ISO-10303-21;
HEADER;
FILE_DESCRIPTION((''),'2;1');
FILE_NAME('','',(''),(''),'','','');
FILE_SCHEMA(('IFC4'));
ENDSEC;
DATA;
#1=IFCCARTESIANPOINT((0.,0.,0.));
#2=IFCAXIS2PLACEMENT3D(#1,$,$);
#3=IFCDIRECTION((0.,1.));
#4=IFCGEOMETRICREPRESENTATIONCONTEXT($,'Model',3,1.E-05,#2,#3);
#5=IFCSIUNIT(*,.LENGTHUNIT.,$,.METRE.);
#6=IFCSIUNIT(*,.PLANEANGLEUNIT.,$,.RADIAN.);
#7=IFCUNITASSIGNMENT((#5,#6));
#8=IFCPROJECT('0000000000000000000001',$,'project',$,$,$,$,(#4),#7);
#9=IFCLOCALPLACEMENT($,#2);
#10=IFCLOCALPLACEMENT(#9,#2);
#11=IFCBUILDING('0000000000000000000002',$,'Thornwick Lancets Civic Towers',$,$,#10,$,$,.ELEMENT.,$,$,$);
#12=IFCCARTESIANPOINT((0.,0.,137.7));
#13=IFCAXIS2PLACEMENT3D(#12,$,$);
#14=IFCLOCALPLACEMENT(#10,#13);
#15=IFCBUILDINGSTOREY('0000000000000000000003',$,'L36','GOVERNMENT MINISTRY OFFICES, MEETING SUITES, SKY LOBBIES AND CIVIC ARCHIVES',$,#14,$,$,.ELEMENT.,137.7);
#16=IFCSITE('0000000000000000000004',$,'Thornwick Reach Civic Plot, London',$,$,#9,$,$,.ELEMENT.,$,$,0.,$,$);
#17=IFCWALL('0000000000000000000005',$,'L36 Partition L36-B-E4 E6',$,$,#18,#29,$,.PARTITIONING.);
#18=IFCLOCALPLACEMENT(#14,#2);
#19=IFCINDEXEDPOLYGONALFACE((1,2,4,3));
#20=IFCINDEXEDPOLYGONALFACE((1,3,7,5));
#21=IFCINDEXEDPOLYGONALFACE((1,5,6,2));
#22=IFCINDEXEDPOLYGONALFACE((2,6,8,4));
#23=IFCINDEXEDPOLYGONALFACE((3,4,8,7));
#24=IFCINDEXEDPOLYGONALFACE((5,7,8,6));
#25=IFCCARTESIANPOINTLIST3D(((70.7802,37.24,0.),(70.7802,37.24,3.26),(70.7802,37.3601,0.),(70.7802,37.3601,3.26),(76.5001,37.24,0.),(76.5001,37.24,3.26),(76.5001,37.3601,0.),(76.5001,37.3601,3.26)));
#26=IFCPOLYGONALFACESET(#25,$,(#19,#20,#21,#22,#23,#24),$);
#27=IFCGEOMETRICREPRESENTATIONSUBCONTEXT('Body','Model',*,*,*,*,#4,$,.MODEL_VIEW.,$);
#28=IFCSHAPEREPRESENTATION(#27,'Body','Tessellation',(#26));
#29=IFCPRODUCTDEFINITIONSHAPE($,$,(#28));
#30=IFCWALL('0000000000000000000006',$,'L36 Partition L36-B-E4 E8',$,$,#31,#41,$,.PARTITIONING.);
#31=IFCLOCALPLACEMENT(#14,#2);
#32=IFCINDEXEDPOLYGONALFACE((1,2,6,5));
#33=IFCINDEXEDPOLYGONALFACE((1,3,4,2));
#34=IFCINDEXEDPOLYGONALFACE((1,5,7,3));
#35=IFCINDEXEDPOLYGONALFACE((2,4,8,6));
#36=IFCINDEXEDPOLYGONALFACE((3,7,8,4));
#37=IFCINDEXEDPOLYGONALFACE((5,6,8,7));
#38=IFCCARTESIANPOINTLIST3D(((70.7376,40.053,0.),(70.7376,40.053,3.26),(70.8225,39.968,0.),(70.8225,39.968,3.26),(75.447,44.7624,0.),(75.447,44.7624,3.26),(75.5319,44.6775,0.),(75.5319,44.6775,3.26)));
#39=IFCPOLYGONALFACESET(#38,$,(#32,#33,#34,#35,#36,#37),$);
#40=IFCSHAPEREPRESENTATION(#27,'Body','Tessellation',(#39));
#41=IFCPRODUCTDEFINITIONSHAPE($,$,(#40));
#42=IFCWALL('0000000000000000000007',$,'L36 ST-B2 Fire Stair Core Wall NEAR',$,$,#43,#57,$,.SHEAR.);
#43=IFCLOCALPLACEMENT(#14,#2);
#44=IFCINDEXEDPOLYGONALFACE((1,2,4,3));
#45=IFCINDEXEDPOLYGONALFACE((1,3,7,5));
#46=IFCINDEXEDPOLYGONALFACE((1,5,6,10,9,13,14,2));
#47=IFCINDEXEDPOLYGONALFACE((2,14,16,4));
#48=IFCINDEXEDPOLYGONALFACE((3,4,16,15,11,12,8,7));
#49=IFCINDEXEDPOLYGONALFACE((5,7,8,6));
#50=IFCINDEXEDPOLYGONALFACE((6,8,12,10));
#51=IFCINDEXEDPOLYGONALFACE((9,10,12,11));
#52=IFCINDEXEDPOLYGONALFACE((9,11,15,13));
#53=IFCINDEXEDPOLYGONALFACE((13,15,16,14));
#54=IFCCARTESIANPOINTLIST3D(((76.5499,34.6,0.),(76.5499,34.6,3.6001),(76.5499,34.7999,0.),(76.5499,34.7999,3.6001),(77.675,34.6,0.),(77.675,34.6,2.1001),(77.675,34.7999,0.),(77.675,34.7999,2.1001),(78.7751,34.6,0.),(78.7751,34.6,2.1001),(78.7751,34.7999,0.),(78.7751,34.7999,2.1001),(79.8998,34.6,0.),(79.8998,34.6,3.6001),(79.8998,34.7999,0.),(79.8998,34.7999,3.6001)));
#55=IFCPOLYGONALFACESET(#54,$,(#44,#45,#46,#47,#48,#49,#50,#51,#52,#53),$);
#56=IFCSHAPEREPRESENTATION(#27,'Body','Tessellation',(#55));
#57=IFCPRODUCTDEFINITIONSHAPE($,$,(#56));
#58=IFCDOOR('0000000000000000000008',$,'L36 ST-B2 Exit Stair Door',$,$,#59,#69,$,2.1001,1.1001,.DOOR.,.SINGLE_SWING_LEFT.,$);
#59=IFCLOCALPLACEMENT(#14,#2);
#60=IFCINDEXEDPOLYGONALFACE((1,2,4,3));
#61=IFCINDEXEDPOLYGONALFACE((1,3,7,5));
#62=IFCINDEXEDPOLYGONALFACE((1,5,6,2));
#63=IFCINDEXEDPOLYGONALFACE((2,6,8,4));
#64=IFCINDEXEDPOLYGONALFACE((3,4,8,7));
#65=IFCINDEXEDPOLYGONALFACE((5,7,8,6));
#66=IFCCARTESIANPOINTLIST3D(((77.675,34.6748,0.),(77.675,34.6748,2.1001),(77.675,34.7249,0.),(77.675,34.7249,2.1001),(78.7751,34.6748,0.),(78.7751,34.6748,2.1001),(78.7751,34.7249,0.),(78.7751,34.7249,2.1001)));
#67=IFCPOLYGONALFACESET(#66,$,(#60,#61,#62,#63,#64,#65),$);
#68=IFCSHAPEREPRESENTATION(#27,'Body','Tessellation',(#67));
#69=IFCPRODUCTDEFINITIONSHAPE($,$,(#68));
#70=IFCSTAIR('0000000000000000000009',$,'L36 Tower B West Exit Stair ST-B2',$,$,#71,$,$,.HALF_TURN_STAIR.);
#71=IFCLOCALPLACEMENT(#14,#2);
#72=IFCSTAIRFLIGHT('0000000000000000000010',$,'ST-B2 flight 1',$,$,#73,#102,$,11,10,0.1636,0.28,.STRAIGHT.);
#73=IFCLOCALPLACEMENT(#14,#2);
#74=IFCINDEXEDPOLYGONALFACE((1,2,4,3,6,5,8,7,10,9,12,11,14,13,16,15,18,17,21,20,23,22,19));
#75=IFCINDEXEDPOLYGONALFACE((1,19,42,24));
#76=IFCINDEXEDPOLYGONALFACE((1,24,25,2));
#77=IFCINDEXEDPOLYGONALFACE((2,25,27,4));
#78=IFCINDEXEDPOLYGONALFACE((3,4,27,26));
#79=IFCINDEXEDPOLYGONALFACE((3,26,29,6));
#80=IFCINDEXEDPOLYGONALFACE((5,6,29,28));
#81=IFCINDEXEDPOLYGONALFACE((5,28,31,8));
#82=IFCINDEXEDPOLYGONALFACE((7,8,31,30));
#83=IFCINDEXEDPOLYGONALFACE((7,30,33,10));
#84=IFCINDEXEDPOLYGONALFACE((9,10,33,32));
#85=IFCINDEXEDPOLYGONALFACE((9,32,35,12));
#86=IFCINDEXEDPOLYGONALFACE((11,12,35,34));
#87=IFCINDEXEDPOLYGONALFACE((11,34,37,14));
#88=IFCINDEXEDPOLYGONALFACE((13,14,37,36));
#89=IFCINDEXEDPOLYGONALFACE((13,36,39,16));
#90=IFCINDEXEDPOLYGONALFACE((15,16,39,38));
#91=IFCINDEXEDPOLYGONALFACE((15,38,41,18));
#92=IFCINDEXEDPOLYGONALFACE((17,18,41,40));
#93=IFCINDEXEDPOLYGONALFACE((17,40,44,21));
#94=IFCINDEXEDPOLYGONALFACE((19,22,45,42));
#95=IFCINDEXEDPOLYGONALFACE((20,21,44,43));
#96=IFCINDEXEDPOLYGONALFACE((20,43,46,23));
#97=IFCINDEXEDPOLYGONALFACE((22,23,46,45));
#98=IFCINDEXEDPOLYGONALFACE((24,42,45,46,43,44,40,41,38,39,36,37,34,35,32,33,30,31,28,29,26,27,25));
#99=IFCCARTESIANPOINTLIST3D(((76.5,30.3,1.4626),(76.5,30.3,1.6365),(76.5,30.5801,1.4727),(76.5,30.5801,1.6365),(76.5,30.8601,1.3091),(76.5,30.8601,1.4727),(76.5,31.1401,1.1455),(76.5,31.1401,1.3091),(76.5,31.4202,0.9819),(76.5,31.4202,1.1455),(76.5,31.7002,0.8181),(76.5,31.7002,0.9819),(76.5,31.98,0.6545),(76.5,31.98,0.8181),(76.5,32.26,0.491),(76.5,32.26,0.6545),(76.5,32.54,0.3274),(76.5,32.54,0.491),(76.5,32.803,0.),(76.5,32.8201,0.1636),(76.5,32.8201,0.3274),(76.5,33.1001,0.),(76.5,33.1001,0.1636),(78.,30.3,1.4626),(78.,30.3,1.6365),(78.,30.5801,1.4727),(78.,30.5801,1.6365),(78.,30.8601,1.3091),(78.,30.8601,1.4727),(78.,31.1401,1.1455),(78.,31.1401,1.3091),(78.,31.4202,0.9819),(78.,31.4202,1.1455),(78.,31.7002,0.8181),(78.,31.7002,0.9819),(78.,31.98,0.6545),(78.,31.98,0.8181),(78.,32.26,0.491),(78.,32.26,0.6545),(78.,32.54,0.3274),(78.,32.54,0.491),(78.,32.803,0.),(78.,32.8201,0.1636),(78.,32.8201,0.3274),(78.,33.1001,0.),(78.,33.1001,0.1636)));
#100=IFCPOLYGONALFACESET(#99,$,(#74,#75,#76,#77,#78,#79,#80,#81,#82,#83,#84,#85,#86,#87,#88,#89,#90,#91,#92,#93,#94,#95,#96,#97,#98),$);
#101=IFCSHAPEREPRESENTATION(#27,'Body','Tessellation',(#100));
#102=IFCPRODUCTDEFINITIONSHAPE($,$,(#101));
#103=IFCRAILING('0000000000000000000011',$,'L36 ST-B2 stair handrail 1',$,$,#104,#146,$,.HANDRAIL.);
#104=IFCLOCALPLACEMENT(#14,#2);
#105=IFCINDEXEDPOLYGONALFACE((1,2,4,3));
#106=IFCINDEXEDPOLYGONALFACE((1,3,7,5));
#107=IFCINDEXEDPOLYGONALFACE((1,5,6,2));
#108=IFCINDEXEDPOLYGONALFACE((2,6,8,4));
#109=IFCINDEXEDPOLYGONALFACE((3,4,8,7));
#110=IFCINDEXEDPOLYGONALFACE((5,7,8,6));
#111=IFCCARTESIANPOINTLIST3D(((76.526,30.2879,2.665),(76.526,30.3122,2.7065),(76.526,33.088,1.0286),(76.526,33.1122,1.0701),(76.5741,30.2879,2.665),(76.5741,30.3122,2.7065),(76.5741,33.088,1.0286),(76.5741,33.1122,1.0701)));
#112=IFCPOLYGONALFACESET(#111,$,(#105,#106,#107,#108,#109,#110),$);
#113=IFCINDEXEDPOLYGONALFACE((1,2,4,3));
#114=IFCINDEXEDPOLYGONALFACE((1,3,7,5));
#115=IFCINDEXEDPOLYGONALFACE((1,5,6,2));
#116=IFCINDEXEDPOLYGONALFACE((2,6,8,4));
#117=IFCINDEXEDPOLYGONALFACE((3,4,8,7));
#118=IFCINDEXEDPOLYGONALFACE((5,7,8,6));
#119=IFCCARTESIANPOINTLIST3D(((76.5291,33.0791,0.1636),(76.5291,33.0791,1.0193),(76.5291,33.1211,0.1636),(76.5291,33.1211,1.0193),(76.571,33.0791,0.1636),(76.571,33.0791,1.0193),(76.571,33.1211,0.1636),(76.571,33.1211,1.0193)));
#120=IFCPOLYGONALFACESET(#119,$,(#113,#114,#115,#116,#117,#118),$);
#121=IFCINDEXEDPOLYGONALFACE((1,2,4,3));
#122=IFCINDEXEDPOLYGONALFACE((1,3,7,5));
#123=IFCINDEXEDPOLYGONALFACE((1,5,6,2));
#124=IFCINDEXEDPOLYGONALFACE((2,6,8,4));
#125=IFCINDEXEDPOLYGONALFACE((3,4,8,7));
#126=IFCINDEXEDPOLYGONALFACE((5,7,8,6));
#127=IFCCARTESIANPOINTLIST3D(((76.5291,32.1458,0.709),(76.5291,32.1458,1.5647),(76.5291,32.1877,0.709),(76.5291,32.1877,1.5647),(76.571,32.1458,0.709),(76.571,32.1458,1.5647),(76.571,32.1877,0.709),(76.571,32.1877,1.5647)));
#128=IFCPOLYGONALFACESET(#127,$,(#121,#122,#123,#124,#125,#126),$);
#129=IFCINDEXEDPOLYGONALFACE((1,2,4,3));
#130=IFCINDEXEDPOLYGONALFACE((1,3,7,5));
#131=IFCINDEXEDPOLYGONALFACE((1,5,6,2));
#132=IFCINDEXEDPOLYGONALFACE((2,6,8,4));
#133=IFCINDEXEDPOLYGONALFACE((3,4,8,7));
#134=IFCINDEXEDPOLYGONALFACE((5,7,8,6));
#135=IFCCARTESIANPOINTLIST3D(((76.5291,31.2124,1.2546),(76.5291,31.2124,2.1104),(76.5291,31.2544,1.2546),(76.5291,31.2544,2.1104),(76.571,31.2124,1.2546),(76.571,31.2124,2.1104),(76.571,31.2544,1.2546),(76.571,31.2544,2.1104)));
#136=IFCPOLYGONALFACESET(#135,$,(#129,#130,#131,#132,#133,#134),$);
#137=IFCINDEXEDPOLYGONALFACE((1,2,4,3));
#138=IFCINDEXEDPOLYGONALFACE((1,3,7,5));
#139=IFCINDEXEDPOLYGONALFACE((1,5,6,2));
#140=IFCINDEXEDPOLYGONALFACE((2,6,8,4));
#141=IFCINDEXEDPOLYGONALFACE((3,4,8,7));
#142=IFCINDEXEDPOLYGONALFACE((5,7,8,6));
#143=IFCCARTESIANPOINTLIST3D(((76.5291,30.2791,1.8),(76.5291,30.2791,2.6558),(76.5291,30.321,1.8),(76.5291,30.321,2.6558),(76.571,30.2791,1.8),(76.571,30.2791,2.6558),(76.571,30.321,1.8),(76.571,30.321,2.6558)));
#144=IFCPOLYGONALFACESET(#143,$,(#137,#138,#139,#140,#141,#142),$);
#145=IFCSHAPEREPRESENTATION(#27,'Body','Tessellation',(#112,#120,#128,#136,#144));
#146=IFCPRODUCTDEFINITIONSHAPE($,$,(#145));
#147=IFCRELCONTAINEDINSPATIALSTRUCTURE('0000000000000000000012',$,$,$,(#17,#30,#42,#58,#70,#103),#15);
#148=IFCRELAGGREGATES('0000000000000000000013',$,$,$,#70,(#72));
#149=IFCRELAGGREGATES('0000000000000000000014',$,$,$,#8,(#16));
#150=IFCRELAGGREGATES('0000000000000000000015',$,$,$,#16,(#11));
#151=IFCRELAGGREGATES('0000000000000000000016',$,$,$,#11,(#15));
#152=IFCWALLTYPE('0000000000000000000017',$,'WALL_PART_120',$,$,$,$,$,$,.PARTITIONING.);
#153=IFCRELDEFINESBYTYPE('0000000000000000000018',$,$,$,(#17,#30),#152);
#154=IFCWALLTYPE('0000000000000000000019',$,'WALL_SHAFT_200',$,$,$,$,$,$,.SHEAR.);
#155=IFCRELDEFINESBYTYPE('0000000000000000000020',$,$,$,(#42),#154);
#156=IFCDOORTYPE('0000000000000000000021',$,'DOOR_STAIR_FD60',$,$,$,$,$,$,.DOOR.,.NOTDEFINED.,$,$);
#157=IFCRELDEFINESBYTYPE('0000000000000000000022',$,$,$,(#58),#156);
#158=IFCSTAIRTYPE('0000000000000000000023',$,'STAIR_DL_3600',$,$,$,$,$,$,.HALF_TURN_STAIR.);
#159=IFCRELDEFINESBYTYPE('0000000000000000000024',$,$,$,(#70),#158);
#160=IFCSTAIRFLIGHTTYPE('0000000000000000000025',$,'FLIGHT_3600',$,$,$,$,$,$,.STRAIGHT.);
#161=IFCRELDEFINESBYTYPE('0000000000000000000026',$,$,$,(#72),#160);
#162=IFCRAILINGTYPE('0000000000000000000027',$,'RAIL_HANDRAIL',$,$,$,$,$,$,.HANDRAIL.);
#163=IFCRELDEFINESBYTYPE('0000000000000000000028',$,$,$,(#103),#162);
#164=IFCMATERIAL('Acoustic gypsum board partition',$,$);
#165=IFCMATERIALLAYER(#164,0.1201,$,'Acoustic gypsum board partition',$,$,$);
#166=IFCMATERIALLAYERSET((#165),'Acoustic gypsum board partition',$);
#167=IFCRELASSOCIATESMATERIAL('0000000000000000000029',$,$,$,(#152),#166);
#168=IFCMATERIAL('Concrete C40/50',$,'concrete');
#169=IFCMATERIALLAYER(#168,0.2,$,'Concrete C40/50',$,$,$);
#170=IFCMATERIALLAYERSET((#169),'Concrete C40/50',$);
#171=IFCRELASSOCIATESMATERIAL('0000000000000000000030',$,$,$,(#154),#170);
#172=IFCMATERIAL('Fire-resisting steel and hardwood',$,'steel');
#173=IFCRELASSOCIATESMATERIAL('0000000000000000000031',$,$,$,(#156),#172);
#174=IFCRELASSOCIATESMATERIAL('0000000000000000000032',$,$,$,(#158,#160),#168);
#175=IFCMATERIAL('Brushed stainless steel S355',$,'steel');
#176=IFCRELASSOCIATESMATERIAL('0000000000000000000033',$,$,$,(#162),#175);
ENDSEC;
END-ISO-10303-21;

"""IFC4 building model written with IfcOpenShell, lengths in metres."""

from ifc_helpers import new_model, si_unit, direction, frame, frame_2d, origin, origin_2d, place, context, subcontext, project, spatial, polyline, rectangle, outline, extrude, material, layer, layer_set, type_object, element, fill, aggregate, save


model = new_model("IFC4")

# Units and contexts
model_context = context("Model", 3, precision=1e-05, world=origin(), true_north=direction((0.0, 1.0)))
body_context = subcontext(model_context, "Body", "Model", "MODEL_VIEW")
ifc_project = project(units=[si_unit("LENGTHUNIT", "METRE"), si_unit("PLANEANGLEUNIT", "RADIAN")], contexts=[model_context])

# Site, building, storey
site_placement = place(None, origin())
site = spatial("IfcSite", under=ifc_project, at=site_placement, Name="Thornwick Reach Civic Plot, London", CompositionType="ELEMENT", RefElevation=0.0)
building_placement = place(site_placement, origin())
building = spatial("IfcBuilding", under=site, at=building_placement, Name="Thornwick Lancets Civic Towers", CompositionType="ELEMENT")
storey_placement = place(building_placement, frame((0.0, 0.0, 137.7)))
storey = spatial("IfcBuildingStorey", under=building, at=storey_placement, Name="L36", Description="GOVERNMENT MINISTRY OFFICES, MEETING SUITES, SKY LOBBIES AND CIVIC ARCHIVES", CompositionType="ELEMENT", Elevation=137.7)

# Shared definitions
ifc_material_1 = material(Name="Concrete C40/50", Category="concrete")

# Walls
ifc_material_2 = material(Name="Acoustic gypsum board partition")
ifc_layer_1 = layer(ifc_material_2, 0.1201, Name="Acoustic gypsum board partition")
ifc_layer_set_1 = layer_set([ifc_layer_1], Name="Acoustic gypsum board partition")
wall_type_1 = type_object("IfcWallType", Name="WALL_PART_120", PredefinedType="PARTITIONING", material=ifc_layer_set_1)
wall_1_placement = place(storey_placement, frame((76.5, 37.3, 0.0), z_axis=(0.0, 0.0, 1.0), x_axis=(-1.0, 0.0, 0.0)))
element("IfcWall", 1, at=wall_1_placement, inside=storey, type_object=wall_type_1, Name="L36 Partition L36-B-E4 E6", PredefinedType="PARTITIONING", context=body_context, shape_type="SweptSolid", body=[
    extrude(rectangle(XDim=5.72, YDim=0.1201, at=frame_2d((2.8599, 0.0))), origin(), (0.0, 0.0, 1.0), 3.26),
])
wall_2_placement = place(storey_placement, frame((70.78, 40.0105, 0.0), z_axis=(0.0, 0.0, 1.0), x_axis=(0.707107, 0.707107, 0.0)))
element("IfcWall", 2, at=wall_2_placement, inside=storey, type_object=wall_type_1, Name="L36 Partition L36-B-E4 E8", PredefinedType="PARTITIONING", context=body_context, shape_type="SweptSolid", body=[
    extrude(rectangle(XDim=6.6602, YDim=0.1201, at=frame_2d((3.3301, 0.0))), origin(), (0.0, 0.0, 1.0), 3.26),
])

# Wall, opening, door
ifc_layer_2 = layer(ifc_material_1, 0.2, Name="Concrete C40/50")
ifc_layer_set_2 = layer_set([ifc_layer_2], Name="Concrete C40/50")
wall_type_2 = type_object("IfcWallType", Name="WALL_SHAFT_200", PredefinedType="SHEAR", material=ifc_layer_set_2)
wall_3_placement = place(storey_placement, frame((76.55, 34.7, 0.0), z_axis=(0.0, 0.0, 1.0), x_axis=(1.0, 0.0, 0.0)))
wall_3 = element("IfcWall", 3, at=wall_3_placement, inside=storey, type_object=wall_type_2, Name="L36 ST-B2 Fire Stair Core Wall NEAR", PredefinedType="SHEAR", context=body_context, shape_type="SweptSolid", body=[
    extrude(rectangle(XDim=3.3499, YDim=0.2, at=frame_2d((1.6748, 0.0))), origin(), (0.0, 0.0, 1.0), 3.6001),
])
opening_1_placement = place(wall_3_placement, frame((1.125, 0.0, 0.0)))
opening_1 = element("IfcOpeningElement", 4, at=opening_1_placement, cuts=wall_3, PredefinedType="OPENING", context=body_context, shape_type="SweptSolid", body=[
    extrude(rectangle(XDim=1.1001, YDim=2.1001, at=frame_2d((0.55, 1.05))), frame((0.0, 0.1099, 0.0), z_axis=(0.0, -1.0, 0.0), x_axis=(1.0, 0.0, 0.0)), (0.0, 0.0, 1.0), 0.22),
])
ifc_material_3 = material(Name="Fire-resisting steel and hardwood", Category="steel")
door_type = type_object("IfcDoorType", Name="DOOR_STAIR_FD60", OperationType="NOTDEFINED", PredefinedType="DOOR", material=ifc_material_3)
door_placement = place(opening_1_placement, origin())
door = element("IfcDoor", 5, at=door_placement, inside=storey, type_object=door_type, Name="L36 ST-B2 Exit Stair Door", OperationType="SINGLE_SWING_LEFT", OverallHeight=2.1001, OverallWidth=1.1001, PredefinedType="DOOR", context=body_context, shape_type="SweptSolid", body=[
    extrude(rectangle(XDim=1.1001, YDim=2.1001, at=frame_2d((0.55, 1.05))), frame((0.0, 0.0249, 0.0), z_axis=(0.0, -1.0, 0.0), x_axis=(1.0, 0.0, 0.0)), (0.0, 0.0, 1.0), 0.05),
])
fill(opening_1, door)

# Stair, stair flight
stair_type = type_object("IfcStairType", Name="STAIR_DL_3600", PredefinedType="HALF_TURN_STAIR", material=ifc_material_1)
stair_placement = place(storey_placement, origin())
stair = element("IfcStair", 6, at=stair_placement, inside=storey, type_object=stair_type, Name="L36 Tower B West Exit Stair ST-B2", PredefinedType="HALF_TURN_STAIR")
stair_flight_type = type_object("IfcStairFlightType", Name="FLIGHT_3600", PredefinedType="STRAIGHT", material=ifc_material_1)
stair_flight_placement = place(storey_placement, frame((77.25, 33.1001, 0.0), z_axis=(0.0, 0.0, 1.0), x_axis=(0.0, -1.0, 0.0)))
stair_flight = element("IfcStairFlight", 7, at=stair_flight_placement, type_object=stair_flight_type, Name="ST-B2 flight 1", NumberOfRisers=11, NumberOfTreads=10, PredefinedType="STRAIGHT", RiserHeight=0.1636, TreadLength=0.28, context=body_context, shape_type="SweptSolid", body=[
    extrude(outline(polyline([(0.0, 0.0), (0.0, 0.1636), (0.28, 0.1636), (0.28, 0.3274), (0.5601, 0.3274), (0.5601, 0.491), (0.8401, 0.491), (0.8401, 0.6545), (1.1201, 0.6545), (1.1201, 0.8181), (1.3999, 0.8181), (1.3999, 0.9819), (1.6799, 0.9819), (1.6799, 1.1455), (1.96, 1.1455), (1.96, 1.3091), (2.24, 1.3091), (2.24, 1.4727), (2.52, 1.4727), (2.52, 1.6365), (2.8, 1.6365), (2.8, 1.8), (2.8, 1.4626), (0.2971, 0.0), (0.0, 0.0)])), frame((0.0, 0.75, 0.0), z_axis=(0.0, -1.0, 0.0), x_axis=(1.0, 0.0, 0.0)), (0.0, 0.0, 1.0), 1.5),
])
aggregate(stair, [stair_flight])

# Railing
ifc_material_4 = material(Name="Brushed stainless steel S355", Category="steel")
railing_type_1 = type_object("IfcRailingType", Name="RAIL_HANDRAIL", PredefinedType="HANDRAIL", material=ifc_material_4)
railing_1_placement = place(storey_placement, frame((76.55, 33.1001, 0.1636)))
element("IfcRailing", 8, at=railing_1_placement, inside=storey, type_object=railing_type_1, Name="L36 ST-B2 stair handrail 1", PredefinedType="HANDRAIL", context=body_context, shape_type="SweptSolid", body=[
    extrude(rectangle(XDim=0.0481, YDim=0.0481, at=origin_2d()), frame((0.0, 0.0, 0.8857), z_axis=(0.0, -0.863361, 0.504587), x_axis=(1.0, 0.0, 0.0)), (0.0, 0.0, 1.0), 3.2432),
    extrude(rectangle(XDim=0.042, YDim=0.042, at=origin_2d()), origin(), (0.0, 0.0, 1.0), 0.8557),
    extrude(rectangle(XDim=0.042, YDim=0.042, at=origin_2d()), frame((0.0, -0.9333, 0.5454)), (0.0, 0.0, 1.0), 0.8557),
    extrude(rectangle(XDim=0.042, YDim=0.042, at=origin_2d()), frame((0.0, -1.8667, 1.0911)), (0.0, 0.0, 1.0), 0.8557),
    extrude(rectangle(XDim=0.042, YDim=0.042, at=origin_2d()), frame((0.0, -2.8, 1.6365)), (0.0, 0.0, 1.0), 0.8557),
])

save(model, "model.ifc")
